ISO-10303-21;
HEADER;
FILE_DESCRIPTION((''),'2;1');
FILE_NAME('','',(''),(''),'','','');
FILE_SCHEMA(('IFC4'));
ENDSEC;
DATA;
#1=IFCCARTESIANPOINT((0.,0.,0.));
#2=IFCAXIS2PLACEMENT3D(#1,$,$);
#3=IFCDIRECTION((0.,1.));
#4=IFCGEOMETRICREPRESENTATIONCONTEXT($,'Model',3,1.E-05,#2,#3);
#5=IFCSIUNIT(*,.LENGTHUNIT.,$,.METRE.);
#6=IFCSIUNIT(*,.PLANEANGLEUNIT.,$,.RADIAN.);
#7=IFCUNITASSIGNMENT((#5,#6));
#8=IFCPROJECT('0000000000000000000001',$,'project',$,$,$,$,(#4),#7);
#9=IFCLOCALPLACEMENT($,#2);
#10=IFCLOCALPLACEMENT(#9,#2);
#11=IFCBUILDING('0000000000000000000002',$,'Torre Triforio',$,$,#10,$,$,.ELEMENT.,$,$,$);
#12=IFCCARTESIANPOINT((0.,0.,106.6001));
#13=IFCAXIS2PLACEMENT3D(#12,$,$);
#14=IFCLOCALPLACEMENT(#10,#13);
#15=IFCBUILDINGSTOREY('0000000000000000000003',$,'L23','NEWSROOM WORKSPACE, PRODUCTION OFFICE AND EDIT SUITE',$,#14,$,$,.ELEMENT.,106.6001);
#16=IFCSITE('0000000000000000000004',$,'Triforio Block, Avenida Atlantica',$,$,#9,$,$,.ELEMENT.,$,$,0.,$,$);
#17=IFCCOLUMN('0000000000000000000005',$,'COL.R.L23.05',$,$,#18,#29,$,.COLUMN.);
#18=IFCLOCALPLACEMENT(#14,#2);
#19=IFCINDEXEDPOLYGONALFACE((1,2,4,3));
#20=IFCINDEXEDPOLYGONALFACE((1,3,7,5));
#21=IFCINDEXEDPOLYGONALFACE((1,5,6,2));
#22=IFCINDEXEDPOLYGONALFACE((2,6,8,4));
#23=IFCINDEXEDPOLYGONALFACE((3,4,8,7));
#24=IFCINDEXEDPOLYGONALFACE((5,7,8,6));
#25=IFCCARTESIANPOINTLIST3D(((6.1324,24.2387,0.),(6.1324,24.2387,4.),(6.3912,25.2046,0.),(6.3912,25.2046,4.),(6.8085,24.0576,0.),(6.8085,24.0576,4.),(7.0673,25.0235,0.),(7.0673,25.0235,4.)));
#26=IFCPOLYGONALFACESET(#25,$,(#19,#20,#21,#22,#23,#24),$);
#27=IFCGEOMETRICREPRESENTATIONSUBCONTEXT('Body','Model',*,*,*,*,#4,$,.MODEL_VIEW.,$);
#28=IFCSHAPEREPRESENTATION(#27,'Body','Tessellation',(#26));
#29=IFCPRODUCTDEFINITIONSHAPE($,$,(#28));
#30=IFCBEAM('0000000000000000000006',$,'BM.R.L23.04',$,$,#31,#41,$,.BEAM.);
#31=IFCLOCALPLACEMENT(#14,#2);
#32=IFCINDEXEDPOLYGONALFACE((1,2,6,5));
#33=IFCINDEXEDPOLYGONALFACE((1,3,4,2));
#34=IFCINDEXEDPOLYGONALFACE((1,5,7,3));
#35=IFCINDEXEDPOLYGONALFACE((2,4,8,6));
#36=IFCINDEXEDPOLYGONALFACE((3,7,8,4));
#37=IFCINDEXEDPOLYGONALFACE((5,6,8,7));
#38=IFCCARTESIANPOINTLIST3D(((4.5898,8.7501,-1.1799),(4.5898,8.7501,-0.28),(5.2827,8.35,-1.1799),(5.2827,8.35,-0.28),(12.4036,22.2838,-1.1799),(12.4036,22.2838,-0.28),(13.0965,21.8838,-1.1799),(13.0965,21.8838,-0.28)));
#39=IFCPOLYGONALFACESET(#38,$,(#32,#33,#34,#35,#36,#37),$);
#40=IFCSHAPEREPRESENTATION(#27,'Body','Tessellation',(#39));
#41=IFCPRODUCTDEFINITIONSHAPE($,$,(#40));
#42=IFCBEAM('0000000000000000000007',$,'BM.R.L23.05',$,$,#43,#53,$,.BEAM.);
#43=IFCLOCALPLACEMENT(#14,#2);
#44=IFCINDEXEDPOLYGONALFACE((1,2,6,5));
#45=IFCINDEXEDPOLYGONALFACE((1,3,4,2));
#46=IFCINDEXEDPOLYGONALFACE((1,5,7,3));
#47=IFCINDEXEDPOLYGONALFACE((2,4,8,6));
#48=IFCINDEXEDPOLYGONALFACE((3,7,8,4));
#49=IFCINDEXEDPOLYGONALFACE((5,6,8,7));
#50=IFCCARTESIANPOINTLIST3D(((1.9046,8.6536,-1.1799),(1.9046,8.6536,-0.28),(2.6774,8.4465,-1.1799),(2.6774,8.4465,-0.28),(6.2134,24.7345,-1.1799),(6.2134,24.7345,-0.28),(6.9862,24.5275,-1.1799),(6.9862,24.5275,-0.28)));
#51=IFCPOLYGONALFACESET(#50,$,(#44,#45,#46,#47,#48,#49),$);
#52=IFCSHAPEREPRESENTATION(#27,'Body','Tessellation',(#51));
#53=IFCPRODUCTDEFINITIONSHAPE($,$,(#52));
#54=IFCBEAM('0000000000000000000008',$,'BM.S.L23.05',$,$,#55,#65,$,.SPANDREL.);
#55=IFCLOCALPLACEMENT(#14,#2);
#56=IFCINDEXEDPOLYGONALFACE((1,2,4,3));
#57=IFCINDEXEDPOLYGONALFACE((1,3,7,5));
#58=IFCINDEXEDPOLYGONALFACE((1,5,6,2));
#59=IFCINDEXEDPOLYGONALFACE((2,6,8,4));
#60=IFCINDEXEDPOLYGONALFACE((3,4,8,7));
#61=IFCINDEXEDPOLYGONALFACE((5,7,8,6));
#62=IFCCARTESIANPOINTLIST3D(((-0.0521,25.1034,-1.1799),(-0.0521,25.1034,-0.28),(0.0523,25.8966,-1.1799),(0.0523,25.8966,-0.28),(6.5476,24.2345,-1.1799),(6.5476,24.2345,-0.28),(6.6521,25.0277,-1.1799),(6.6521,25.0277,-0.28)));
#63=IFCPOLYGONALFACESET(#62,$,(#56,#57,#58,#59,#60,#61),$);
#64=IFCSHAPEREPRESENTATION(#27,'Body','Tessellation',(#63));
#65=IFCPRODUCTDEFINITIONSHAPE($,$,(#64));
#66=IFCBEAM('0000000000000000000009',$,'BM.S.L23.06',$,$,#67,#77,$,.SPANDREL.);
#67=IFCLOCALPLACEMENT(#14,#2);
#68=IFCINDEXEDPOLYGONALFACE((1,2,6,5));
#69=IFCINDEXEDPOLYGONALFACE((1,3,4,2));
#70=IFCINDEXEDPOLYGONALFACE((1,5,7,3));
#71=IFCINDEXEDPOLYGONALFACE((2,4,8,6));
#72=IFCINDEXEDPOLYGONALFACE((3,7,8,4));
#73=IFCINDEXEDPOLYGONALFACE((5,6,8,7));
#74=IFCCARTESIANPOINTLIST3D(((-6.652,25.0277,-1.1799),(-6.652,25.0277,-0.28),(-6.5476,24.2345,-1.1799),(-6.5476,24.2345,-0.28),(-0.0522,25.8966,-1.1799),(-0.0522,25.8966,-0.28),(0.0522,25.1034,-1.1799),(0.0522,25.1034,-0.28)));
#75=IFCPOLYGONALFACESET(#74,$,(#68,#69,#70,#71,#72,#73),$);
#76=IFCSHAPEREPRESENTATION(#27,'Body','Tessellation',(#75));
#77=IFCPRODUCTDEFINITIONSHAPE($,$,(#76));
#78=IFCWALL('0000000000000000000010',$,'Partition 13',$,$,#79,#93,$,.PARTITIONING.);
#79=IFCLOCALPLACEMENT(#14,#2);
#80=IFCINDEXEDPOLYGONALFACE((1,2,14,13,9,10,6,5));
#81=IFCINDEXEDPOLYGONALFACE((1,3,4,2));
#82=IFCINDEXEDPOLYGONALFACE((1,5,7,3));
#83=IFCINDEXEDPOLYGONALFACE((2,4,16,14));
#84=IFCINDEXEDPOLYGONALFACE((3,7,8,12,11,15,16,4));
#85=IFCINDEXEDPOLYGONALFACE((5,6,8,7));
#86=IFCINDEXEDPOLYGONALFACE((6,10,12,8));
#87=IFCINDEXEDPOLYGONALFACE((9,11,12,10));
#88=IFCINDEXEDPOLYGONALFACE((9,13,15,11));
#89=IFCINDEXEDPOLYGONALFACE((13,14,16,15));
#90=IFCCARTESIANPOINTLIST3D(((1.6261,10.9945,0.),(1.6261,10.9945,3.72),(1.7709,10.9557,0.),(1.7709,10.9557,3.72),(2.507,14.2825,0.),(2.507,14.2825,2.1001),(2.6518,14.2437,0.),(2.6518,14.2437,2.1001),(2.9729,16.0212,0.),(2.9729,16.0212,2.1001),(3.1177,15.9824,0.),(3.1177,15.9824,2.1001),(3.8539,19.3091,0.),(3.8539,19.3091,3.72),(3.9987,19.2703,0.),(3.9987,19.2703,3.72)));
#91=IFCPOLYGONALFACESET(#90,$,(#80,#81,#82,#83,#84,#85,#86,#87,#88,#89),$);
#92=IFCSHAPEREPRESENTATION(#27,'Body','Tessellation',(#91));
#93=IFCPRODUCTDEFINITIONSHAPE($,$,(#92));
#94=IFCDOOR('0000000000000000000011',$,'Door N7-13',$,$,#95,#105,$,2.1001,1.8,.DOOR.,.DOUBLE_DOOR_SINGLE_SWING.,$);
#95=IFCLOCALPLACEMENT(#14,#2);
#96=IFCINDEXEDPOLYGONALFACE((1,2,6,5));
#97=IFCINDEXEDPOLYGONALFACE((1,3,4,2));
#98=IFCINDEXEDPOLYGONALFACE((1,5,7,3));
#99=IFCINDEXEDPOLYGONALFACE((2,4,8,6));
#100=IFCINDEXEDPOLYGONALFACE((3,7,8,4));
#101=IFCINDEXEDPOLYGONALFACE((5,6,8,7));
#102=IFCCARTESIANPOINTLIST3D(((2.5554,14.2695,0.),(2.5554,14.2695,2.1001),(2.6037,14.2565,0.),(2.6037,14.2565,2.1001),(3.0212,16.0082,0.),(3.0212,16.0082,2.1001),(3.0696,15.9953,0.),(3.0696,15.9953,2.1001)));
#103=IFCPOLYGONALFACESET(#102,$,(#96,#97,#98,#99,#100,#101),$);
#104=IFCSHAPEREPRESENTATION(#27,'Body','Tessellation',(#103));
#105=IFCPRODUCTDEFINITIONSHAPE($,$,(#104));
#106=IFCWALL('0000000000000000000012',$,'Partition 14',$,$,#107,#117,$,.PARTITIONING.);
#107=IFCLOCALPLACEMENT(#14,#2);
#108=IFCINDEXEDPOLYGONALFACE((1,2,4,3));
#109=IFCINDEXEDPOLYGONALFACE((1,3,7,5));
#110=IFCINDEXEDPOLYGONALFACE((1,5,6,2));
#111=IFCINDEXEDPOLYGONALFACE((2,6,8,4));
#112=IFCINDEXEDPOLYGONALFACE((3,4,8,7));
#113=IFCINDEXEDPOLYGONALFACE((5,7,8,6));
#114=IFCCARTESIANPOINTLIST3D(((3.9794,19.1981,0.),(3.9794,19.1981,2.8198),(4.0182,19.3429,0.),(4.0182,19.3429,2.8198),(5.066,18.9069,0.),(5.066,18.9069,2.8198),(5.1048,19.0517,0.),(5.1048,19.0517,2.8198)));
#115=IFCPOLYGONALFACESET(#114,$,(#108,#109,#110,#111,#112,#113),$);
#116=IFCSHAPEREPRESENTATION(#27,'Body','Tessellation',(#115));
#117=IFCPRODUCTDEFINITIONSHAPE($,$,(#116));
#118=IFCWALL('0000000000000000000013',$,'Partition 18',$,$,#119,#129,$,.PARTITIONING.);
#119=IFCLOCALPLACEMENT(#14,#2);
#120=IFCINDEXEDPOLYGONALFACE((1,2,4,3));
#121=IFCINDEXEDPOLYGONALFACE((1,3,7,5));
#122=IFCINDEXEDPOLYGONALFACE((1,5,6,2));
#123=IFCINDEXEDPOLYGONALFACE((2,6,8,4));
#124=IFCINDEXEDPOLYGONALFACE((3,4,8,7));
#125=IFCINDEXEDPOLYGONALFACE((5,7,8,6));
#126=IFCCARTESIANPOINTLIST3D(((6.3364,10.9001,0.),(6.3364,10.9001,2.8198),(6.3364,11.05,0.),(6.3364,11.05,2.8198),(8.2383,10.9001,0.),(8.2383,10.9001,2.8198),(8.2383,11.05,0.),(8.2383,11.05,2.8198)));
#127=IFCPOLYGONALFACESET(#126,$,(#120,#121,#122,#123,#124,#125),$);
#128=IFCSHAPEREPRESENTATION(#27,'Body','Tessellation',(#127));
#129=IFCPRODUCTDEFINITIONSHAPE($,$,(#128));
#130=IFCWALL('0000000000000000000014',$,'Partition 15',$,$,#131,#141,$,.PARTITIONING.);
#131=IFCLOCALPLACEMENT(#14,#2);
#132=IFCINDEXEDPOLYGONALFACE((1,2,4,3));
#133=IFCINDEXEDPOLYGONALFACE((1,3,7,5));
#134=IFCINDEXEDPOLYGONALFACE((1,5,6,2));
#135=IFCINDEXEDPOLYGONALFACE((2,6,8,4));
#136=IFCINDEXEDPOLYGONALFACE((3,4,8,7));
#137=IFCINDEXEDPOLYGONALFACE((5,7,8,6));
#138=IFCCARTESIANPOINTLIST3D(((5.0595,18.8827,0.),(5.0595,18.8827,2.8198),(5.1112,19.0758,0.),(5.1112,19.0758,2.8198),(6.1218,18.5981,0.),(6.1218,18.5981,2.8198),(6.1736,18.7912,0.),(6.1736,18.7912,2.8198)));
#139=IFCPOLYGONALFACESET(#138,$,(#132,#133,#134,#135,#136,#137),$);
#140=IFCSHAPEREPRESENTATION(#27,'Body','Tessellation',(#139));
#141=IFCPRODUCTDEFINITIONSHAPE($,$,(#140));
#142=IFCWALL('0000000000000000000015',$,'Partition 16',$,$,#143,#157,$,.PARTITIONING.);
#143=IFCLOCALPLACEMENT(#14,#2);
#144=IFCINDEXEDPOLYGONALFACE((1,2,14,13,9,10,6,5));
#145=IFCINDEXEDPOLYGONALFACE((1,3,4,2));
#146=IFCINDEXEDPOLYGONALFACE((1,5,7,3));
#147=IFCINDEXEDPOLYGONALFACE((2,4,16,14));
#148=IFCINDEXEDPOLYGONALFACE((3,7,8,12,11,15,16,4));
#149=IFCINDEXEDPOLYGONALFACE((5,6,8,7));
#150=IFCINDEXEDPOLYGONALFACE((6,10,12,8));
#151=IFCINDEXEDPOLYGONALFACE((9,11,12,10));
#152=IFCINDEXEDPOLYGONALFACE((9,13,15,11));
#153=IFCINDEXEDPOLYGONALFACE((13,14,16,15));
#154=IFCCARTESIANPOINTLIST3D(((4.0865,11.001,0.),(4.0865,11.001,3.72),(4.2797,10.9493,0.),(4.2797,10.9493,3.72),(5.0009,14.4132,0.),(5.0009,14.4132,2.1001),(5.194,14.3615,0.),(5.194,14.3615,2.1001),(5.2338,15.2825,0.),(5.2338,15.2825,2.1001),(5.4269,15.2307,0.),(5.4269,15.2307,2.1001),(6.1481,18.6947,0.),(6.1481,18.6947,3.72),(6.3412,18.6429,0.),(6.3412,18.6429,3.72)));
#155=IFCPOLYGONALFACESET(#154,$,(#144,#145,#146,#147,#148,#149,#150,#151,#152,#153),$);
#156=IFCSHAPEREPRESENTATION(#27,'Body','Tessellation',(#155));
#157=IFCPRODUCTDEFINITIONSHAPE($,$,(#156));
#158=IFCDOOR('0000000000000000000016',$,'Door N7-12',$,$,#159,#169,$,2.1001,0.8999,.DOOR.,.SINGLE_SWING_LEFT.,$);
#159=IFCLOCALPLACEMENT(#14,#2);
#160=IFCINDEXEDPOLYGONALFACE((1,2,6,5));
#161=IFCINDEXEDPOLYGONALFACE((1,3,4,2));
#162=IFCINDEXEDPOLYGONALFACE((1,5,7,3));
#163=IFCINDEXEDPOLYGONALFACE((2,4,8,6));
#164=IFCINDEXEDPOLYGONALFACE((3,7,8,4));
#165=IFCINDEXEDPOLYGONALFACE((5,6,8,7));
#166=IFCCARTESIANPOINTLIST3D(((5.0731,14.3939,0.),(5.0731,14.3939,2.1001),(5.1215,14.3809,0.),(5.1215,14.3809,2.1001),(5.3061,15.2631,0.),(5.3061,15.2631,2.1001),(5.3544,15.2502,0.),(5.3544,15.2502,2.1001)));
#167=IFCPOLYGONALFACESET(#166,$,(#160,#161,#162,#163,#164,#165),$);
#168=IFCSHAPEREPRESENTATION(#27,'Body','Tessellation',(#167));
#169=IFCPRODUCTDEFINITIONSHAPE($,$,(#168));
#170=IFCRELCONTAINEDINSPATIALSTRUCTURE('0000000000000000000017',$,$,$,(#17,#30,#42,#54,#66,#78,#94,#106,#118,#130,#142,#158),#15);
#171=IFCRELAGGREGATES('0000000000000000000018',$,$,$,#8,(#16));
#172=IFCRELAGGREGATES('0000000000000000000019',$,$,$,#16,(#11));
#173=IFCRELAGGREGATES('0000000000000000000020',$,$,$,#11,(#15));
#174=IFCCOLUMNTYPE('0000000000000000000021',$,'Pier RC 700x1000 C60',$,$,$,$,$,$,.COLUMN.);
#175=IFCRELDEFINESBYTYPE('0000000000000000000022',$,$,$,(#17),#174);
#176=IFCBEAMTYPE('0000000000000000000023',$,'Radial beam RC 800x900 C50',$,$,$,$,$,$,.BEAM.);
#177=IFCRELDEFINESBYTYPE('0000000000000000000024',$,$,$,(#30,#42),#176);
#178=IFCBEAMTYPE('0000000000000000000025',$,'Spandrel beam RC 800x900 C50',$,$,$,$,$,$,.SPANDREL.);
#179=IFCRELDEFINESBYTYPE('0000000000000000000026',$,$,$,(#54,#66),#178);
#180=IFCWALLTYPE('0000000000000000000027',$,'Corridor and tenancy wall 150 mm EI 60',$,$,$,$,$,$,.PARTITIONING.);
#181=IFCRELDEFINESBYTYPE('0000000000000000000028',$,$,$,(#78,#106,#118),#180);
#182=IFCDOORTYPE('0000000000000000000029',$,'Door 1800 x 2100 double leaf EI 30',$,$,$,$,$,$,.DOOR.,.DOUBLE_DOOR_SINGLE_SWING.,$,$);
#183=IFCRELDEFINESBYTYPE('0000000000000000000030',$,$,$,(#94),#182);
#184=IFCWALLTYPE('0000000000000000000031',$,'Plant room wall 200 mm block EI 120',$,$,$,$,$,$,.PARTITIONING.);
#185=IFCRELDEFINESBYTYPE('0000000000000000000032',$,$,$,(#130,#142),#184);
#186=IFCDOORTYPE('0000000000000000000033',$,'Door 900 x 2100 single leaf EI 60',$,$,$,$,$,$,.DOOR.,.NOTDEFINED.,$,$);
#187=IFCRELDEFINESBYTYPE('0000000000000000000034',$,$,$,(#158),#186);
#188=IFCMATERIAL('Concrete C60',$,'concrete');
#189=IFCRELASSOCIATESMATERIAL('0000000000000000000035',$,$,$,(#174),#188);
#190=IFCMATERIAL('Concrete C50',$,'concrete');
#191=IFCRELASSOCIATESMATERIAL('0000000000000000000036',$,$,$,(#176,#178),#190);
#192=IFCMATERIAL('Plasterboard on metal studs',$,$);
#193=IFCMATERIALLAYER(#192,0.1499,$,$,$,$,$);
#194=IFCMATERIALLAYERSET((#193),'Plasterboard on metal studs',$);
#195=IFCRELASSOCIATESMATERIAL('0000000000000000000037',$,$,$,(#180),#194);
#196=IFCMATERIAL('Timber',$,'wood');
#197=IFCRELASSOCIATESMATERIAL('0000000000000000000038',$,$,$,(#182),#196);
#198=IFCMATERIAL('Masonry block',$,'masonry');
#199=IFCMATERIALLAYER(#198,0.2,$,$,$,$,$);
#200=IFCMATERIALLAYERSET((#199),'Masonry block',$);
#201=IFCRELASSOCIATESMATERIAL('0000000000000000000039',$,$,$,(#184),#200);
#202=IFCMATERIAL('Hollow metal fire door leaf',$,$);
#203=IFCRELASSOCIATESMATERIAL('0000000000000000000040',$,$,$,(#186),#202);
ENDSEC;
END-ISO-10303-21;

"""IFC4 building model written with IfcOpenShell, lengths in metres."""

from ifc_helpers import new_model, si_unit, direction, frame, frame_2d, origin, origin_2d, place, context, subcontext, project, spatial, rectangle, extrude, material, layer, layer_set, material_profile, profile_set, type_object, element, fill, save


model = new_model("IFC4")

# Units and contexts
model_context = context("Model", 3, precision=1e-05, world=origin(), true_north=direction((0.0, 1.0)))
body_context = subcontext(model_context, "Body", "Model", "MODEL_VIEW")
ifc_project = project(units=[si_unit("LENGTHUNIT", "METRE"), si_unit("PLANEANGLEUNIT", "RADIAN")], contexts=[model_context])

# Site, building, storey
site_placement = place(None, origin())
site = spatial("IfcSite", under=ifc_project, at=site_placement, Name="Triforio Block, Avenida Atlantica", CompositionType="ELEMENT", RefElevation=0.0)
building_placement = place(site_placement, origin())
building = spatial("IfcBuilding", under=site, at=building_placement, Name="Torre Triforio", CompositionType="ELEMENT")
storey_placement = place(building_placement, frame((0.0, 0.0, 106.6001)))
storey = spatial("IfcBuildingStorey", under=building, at=storey_placement, Name="L23", Description="NEWSROOM WORKSPACE, PRODUCTION OFFICE AND EDIT SUITE", CompositionType="ELEMENT", Elevation=106.6001)

# Column
ifc_material_1 = material(Name="Concrete C60", Category="concrete")
ifc_material_profile_1 = material_profile(ifc_material_1, rectangle(XDim=0.7, YDim=1.0, at=origin_2d()), Name="RC 700x1000")
ifc_profile_set_1 = profile_set([ifc_material_profile_1], Name="Concrete C60")
column_type = type_object("IfcColumnType", Name="Pier RC 700x1000 C60", PredefinedType="COLUMN", material=ifc_profile_set_1)
column_placement = place(storey_placement, frame((6.5999, 24.6311, 0.0), z_axis=(0.0, 0.0, 1.0), x_axis=(-0.965926, 0.258819, 0.0)))
element("IfcColumn", 1, at=column_placement, inside=storey, type_object=column_type, Name="COL.R.L23.05", PredefinedType="COLUMN", context=body_context, shape_type="SweptSolid", body=[
    extrude(rectangle(XDim=0.7, YDim=1.0, at=origin_2d()), origin(), (0.0, 0.0, 1.0), 4.0),
])

# Beams
ifc_material_2 = material(Name="Concrete C50", Category="concrete")
ifc_material_profile_2 = material_profile(ifc_material_2, rectangle(XDim=0.8, YDim=0.8999, at=origin_2d()), Name="RC 800x900")
ifc_profile_set_2 = profile_set([ifc_material_profile_2], Name="Concrete C50")
beam_type_1 = type_object("IfcBeamType", Name="Radial beam RC 800x900 C50", PredefinedType="BEAM", material=ifc_profile_set_2)
beam_1_placement = place(storey_placement, frame((4.9363, 8.55, -0.73), z_axis=(0.500002, 0.866024, 0.0), x_axis=(-0.866024, 0.500002, 0.0)))
element("IfcBeam", 2, at=beam_1_placement, inside=storey, type_object=beam_type_1, Name="BM.R.L23.04", PredefinedType="BEAM", context=body_context, shape_type="SweptSolid", body=[
    extrude(rectangle(XDim=0.8, YDim=0.8999, at=origin_2d()), origin(), (0.0, 0.0, 1.0), 15.6274),
])
beam_2_placement = place(storey_placement, frame((2.291, 8.55, -0.73), z_axis=(0.258815, 0.965927, 0.0), x_axis=(-0.965927, 0.258815, 0.0)))
element("IfcBeam", 3, at=beam_2_placement, inside=storey, type_object=beam_type_1, Name="BM.R.L23.05", PredefinedType="BEAM", context=body_context, shape_type="SweptSolid", body=[
    extrude(rectangle(XDim=0.8, YDim=0.8999, at=origin_2d()), origin(), (0.0, 0.0, 1.0), 16.6482),
])
ifc_material_profile_3 = material_profile(ifc_material_2, rectangle(XDim=0.8, YDim=0.8999, at=origin_2d()), Name="RC 800x900")
ifc_profile_set_3 = profile_set([ifc_material_profile_3], Name="Concrete C50")
beam_type_2 = type_object("IfcBeamType", Name="Spandrel beam RC 800x900 C50", PredefinedType="SPANDREL", material=ifc_profile_set_3)
for number, where, z_axis, x_axis, name in (
    (4, (6.5999, 24.6311, -0.73), (-0.991445, 0.130528, 0.0), (-0.130528, -0.991445, 0.0), "BM.S.L23.05"),
    (5, (0.0, 25.5, -0.73), (-0.991445, -0.130528, 0.0), (0.130528, -0.991445, 0.0), "BM.S.L23.06"),
):
    element("IfcBeam", number, at=place(storey_placement, frame(where, z_axis=z_axis, x_axis=x_axis)), inside=storey, type_object=beam_type_2, Name=name, PredefinedType="SPANDREL", context=body_context, shape_type="SweptSolid", body=[
        extrude(rectangle(XDim=0.8, YDim=0.8999, at=origin_2d()), origin(), (0.0, 0.0, 1.0), 6.6567),
    ])

# Wall, opening, door
ifc_material_3 = material(Name="Plasterboard on metal studs")
ifc_layer_1 = layer(ifc_material_3, 0.1499)
ifc_layer_set_1 = layer_set([ifc_layer_1], Name="Plasterboard on metal studs")
wall_type_1 = type_object("IfcWallType", Name="Corridor and tenancy wall 150 mm EI 60", PredefinedType="PARTITIONING", material=ifc_layer_set_1)
wall_1_placement = place(storey_placement, frame((1.6985, 10.9751, 0.0), z_axis=(0.0, 0.0, 1.0), x_axis=(0.258805, 0.96593, 0.0)))
wall_1 = element("IfcWall", 6, at=wall_1_placement, inside=storey, type_object=wall_type_1, Name="Partition 13", PredefinedType="PARTITIONING", context=body_context, shape_type="SweptSolid", body=[
    extrude(rectangle(XDim=8.6079, YDim=0.1499, at=frame_2d((4.304, 0.0))), origin(), (0.0, 0.0, 1.0), 3.72),
])
opening_1_placement = place(wall_1_placement, frame((3.4041, 0.0, 0.0)))
opening_1 = element("IfcOpeningElement", 7, at=opening_1_placement, cuts=wall_1, PredefinedType="OPENING", context=body_context, shape_type="SweptSolid", body=[
    extrude(rectangle(XDim=1.8, YDim=2.1001, at=frame_2d((0.8999, 1.05))), frame((0.0, 0.085, 0.0), z_axis=(0.0, -1.0, 0.0), x_axis=(1.0, 0.0, 0.0)), (0.0, 0.0, 1.0), 0.1699),
])
ifc_material_4 = material(Name="Timber", Category="wood")
door_type_1 = type_object("IfcDoorType", Name="Door 1800 x 2100 double leaf EI 30", OperationType="DOUBLE_DOOR_SINGLE_SWING", PredefinedType="DOOR", material=ifc_material_4)
door_1_placement = place(opening_1_placement, origin())
door_1 = element("IfcDoor", 8, at=door_1_placement, inside=storey, type_object=door_type_1, Name="Door N7-13", OperationType="DOUBLE_DOOR_SINGLE_SWING", OverallHeight=2.1001, OverallWidth=1.8, PredefinedType="DOOR", context=body_context, shape_type="SweptSolid", body=[
    extrude(rectangle(XDim=1.8, YDim=2.1001, at=frame_2d((0.8999, 1.05))), frame((0.0, 0.0249, 0.0), z_axis=(0.0, -1.0, 0.0), x_axis=(1.0, 0.0, 0.0)), (0.0, 0.0, 1.0), 0.05),
])
fill(opening_1, door_1)

# Walls
wall_2_placement = place(storey_placement, frame((3.9988, 19.2705, 0.0), z_axis=(0.0, 0.0, 1.0), x_axis=(0.965906, -0.258892, 0.0)))
element("IfcWall", 9, at=wall_2_placement, inside=storey, type_object=wall_type_1, Name="Partition 14", PredefinedType="PARTITIONING", context=body_context, shape_type="SweptSolid", body=[
    extrude(rectangle(XDim=1.125, YDim=0.1499, at=frame_2d((0.5625, 0.0))), origin(), (0.0, 0.0, 1.0), 2.8198),
])
wall_3_placement = place(storey_placement, frame((6.3364, 10.9751, 0.0), z_axis=(0.0, 0.0, 1.0), x_axis=(1.0, 0.0, 0.0)))
element("IfcWall", 10, at=wall_3_placement, inside=storey, type_object=wall_type_1, Name="Partition 18", PredefinedType="PARTITIONING", context=body_context, shape_type="SweptSolid", body=[
    extrude(rectangle(XDim=1.9019, YDim=0.1499, at=frame_2d((0.9509, 0.0))), origin(), (0.0, 0.0, 1.0), 2.8198),
])
ifc_material_5 = material(Name="Masonry block", Category="masonry")
ifc_layer_2 = layer(ifc_material_5, 0.2)
ifc_layer_set_2 = layer_set([ifc_layer_2], Name="Masonry block")
wall_type_2 = type_object("IfcWallType", Name="Plant room wall 200 mm block EI 120", PredefinedType="PARTITIONING", material=ifc_layer_set_2)
wall_4_placement = place(storey_placement, frame((5.0854, 18.9792, 0.0), z_axis=(0.0, 0.0, 1.0), x_axis=(0.965932, -0.258795, 0.0)))
element("IfcWall", 11, at=wall_4_placement, inside=storey, type_object=wall_type_2, Name="Partition 15", PredefinedType="PARTITIONING", context=body_context, shape_type="SweptSolid", body=[
    extrude(rectangle(XDim=1.0999, YDim=0.2, at=frame_2d((0.5498, 0.0))), origin(), (0.0, 0.0, 1.0), 2.8198),
])

# Wall, opening, door
wall_5_placement = place(storey_placement, frame((6.2446, 18.6687, 0.0), z_axis=(0.0, 0.0, 1.0), x_axis=(-0.258822, -0.965925, 0.0)))
wall_5 = element("IfcWall", 12, at=wall_5_placement, inside=storey, type_object=wall_type_2, Name="Partition 16", PredefinedType="PARTITIONING", context=body_context, shape_type="SweptSolid", body=[
    extrude(rectangle(XDim=7.9651, YDim=0.2, at=frame_2d((3.9824, 0.0))), origin(), (0.0, 0.0, 1.0), 3.72),
])
opening_2_placement = place(wall_5_placement, frame((3.5325, 0.0, 0.0)))
opening_2 = element("IfcOpeningElement", 13, at=opening_2_placement, cuts=wall_5, PredefinedType="OPENING", context=body_context, shape_type="SweptSolid", body=[
    extrude(rectangle(XDim=0.8999, YDim=2.1001, at=frame_2d((0.45, 1.05))), frame((0.0, 0.1099, 0.0), z_axis=(0.0, -1.0, 0.0), x_axis=(1.0, 0.0, 0.0)), (0.0, 0.0, 1.0), 0.22),
])
ifc_material_6 = material(Name="Hollow metal fire door leaf")
door_type_2 = type_object("IfcDoorType", Name="Door 900 x 2100 single leaf EI 60", OperationType="NOTDEFINED", PredefinedType="DOOR", material=ifc_material_6)
door_2_placement = place(opening_2_placement, origin())
door_2 = element("IfcDoor", 14, at=door_2_placement, inside=storey, type_object=door_type_2, Name="Door N7-12", OperationType="SINGLE_SWING_LEFT", OverallHeight=2.1001, OverallWidth=0.8999, PredefinedType="DOOR", context=body_context, shape_type="SweptSolid", body=[
    extrude(rectangle(XDim=0.8999, YDim=2.1001, at=frame_2d((0.45, 1.05))), frame((0.0, 0.0249, 0.0), z_axis=(0.0, -1.0, 0.0), x_axis=(1.0, 0.0, 0.0)), (0.0, 0.0, 1.0), 0.05),
])
fill(opening_2, door_2)

save(model, "model.ifc")
